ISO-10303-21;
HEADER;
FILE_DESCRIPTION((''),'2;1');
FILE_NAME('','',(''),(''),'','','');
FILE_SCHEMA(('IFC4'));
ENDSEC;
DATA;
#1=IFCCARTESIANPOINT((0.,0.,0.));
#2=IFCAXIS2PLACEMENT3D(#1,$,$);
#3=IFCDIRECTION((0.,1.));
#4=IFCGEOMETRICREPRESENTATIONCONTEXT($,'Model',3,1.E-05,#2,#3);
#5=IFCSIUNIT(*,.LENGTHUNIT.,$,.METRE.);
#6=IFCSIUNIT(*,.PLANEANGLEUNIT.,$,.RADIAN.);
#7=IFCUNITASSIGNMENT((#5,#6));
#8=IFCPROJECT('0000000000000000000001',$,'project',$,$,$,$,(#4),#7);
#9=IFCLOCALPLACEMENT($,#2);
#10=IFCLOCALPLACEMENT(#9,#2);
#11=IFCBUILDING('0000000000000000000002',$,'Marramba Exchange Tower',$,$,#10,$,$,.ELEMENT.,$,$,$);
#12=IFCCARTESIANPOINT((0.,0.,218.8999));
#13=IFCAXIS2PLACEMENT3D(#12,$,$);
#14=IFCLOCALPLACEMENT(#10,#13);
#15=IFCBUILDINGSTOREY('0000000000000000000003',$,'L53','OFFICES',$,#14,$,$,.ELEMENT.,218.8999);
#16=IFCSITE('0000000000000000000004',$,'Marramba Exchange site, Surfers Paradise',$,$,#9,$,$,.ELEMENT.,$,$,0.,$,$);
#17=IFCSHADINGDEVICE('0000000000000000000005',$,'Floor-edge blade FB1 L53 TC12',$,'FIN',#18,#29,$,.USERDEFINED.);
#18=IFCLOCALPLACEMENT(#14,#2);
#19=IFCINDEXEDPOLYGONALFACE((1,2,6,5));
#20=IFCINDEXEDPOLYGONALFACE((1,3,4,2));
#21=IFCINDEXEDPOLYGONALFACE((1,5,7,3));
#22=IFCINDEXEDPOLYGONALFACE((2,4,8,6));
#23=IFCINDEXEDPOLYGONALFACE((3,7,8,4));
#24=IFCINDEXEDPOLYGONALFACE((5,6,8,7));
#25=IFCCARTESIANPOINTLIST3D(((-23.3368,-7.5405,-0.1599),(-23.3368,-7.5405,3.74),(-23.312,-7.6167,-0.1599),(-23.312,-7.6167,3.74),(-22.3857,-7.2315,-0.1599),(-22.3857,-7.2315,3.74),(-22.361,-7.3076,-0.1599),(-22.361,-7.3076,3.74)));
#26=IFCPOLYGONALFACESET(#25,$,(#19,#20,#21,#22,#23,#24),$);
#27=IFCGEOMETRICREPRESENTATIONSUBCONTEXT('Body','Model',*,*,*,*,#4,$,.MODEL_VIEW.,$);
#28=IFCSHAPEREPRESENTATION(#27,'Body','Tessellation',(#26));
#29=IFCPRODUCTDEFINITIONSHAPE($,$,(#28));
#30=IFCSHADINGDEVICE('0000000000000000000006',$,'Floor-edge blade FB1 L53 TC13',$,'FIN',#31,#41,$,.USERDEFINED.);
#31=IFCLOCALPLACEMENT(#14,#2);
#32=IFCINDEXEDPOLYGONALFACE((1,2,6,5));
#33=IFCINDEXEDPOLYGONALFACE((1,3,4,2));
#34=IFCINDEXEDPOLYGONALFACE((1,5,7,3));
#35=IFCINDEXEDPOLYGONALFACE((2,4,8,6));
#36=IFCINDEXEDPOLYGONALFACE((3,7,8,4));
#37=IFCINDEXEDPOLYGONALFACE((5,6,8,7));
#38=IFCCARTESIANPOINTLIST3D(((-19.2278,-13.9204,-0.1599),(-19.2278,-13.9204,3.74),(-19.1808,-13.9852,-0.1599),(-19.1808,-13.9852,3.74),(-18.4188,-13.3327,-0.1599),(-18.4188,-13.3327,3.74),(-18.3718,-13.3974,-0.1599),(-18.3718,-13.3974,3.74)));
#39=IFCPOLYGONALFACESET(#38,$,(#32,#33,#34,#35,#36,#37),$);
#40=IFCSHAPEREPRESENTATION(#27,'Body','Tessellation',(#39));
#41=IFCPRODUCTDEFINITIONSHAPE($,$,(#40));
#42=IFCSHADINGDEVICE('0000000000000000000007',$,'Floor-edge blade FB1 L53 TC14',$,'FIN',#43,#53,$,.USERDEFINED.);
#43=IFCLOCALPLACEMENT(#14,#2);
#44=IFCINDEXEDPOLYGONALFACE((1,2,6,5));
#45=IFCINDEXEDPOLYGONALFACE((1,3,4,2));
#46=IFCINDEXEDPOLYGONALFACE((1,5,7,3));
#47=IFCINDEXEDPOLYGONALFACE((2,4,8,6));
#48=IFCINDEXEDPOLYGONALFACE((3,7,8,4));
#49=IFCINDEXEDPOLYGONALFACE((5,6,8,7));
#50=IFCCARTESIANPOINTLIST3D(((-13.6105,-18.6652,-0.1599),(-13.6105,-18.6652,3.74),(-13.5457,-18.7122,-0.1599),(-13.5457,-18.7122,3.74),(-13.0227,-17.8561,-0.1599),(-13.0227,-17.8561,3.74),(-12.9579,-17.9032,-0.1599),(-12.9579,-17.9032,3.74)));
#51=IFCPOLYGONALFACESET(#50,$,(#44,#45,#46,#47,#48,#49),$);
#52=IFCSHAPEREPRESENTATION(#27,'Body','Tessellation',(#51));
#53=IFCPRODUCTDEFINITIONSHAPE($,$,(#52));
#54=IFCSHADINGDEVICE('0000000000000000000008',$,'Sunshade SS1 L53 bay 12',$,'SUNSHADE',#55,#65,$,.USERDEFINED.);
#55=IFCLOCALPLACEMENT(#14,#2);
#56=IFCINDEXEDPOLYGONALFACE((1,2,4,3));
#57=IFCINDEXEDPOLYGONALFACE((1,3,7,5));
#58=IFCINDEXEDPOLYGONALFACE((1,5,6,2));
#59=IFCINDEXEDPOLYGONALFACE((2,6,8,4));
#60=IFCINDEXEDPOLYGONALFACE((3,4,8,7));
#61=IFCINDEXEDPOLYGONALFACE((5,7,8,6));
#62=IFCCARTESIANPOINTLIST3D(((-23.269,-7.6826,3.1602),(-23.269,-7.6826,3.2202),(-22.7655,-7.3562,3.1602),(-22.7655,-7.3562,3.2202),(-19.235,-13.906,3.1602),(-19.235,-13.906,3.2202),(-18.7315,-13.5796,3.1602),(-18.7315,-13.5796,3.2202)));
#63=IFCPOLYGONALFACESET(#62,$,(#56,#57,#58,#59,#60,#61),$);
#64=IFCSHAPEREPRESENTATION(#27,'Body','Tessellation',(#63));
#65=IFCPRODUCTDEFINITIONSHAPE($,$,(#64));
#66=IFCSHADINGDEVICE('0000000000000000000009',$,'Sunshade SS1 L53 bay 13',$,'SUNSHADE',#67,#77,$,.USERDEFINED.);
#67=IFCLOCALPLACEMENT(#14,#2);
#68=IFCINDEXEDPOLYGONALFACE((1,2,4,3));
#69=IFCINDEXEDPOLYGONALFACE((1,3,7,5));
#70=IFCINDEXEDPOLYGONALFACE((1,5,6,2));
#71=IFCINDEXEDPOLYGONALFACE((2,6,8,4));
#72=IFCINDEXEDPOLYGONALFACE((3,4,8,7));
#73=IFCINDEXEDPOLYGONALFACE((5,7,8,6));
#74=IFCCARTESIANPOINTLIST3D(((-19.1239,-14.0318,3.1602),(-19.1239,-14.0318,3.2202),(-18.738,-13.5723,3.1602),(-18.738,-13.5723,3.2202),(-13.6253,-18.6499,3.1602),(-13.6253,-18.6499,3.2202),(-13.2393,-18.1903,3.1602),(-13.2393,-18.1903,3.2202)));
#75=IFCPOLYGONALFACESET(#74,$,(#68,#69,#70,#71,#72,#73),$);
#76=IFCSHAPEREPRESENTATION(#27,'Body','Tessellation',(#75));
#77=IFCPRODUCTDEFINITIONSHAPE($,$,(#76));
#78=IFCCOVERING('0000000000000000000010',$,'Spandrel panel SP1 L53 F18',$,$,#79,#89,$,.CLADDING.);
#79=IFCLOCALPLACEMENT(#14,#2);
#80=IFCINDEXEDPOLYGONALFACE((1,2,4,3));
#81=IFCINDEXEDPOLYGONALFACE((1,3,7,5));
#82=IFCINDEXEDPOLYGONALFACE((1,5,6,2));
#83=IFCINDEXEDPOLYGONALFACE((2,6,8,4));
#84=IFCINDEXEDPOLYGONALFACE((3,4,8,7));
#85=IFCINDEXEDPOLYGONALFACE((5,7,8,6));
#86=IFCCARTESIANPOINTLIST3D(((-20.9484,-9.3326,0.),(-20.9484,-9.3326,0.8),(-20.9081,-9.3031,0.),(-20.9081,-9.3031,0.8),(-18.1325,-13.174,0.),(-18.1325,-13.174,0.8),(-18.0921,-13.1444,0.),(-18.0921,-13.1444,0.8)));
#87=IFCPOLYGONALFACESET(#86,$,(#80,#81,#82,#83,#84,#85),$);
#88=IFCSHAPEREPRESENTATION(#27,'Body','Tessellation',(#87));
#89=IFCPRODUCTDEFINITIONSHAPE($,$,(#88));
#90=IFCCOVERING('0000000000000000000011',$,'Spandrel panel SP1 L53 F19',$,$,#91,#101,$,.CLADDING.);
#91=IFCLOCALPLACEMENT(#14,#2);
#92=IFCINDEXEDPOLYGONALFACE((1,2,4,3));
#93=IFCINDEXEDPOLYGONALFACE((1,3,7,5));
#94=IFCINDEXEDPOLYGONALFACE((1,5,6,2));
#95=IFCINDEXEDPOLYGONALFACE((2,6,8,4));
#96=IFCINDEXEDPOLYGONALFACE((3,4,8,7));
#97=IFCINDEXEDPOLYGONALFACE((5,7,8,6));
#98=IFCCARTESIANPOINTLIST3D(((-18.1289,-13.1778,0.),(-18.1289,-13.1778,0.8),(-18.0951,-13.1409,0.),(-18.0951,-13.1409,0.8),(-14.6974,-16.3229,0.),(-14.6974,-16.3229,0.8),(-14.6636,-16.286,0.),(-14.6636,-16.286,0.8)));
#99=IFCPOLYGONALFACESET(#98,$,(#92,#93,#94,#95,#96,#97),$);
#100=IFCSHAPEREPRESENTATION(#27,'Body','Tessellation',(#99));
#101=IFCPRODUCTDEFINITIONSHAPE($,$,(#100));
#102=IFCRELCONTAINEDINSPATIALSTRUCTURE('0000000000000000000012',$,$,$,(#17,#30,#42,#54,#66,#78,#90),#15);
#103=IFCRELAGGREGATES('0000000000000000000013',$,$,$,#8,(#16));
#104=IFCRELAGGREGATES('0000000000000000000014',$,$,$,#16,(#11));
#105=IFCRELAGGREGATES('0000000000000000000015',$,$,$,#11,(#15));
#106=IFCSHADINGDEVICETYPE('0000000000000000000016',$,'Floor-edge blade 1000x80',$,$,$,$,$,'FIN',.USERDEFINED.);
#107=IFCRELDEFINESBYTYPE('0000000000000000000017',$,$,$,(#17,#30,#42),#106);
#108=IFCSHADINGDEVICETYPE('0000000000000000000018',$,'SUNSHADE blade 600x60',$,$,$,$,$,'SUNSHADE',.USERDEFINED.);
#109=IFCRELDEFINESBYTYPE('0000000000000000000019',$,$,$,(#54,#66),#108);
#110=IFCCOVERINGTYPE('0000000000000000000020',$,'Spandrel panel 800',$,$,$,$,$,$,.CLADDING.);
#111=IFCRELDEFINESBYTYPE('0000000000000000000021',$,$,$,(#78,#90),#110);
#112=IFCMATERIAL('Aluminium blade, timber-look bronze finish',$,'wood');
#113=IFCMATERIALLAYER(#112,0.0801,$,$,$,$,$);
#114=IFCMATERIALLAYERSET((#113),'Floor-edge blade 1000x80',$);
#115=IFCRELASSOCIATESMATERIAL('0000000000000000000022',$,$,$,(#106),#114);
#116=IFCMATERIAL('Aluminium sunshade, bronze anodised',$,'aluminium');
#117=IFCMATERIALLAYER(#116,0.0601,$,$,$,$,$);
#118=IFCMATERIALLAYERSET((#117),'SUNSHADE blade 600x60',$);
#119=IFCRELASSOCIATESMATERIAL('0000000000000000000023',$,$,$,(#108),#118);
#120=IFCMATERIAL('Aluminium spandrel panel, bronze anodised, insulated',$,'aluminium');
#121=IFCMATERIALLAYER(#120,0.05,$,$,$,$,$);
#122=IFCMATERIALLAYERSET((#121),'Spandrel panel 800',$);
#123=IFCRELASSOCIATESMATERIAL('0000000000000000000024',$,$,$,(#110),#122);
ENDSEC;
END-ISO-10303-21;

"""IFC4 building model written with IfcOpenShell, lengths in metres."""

from ifc_helpers import new_model, si_unit, direction, frame, origin, origin_2d, place, context, subcontext, project, spatial, rectangle, extrude, material, layer, layer_set, type_object, element, save


model = new_model("IFC4")

# Units and contexts
model_context = context("Model", 3, precision=1e-05, world=origin(), true_north=direction((0.0, 1.0)))
body_context = subcontext(model_context, "Body", "Model", "MODEL_VIEW")
ifc_project = project(units=[si_unit("LENGTHUNIT", "METRE"), si_unit("PLANEANGLEUNIT", "RADIAN")], contexts=[model_context])

# Site, building, storey
site_placement = place(None, origin())
site = spatial("IfcSite", under=ifc_project, at=site_placement, Name="Marramba Exchange site, Surfers Paradise", CompositionType="ELEMENT", RefElevation=0.0)
building_placement = place(site_placement, origin())
building = spatial("IfcBuilding", under=site, at=building_placement, Name="Marramba Exchange Tower", CompositionType="ELEMENT")
storey_placement = place(building_placement, frame((0.0, 0.0, 218.8999)))
storey = spatial("IfcBuildingStorey", under=building, at=storey_placement, Name="L53", Description="OFFICES", CompositionType="ELEMENT", Elevation=218.8999)

# Shading devices
ifc_material_1 = material(Name="Aluminium blade, timber-look bronze finish", Category="wood")
ifc_layer_1 = layer(ifc_material_1, 0.0801)
ifc_layer_set_1 = layer_set([ifc_layer_1], Name="Floor-edge blade 1000x80")
shading_device_type_1 = type_object("IfcShadingDeviceType", Name="Floor-edge blade 1000x80", ElementType="FIN", PredefinedType="USERDEFINED", material=ifc_layer_set_1)
for number, where, z_axis, x_axis, name in (
    (1, (-22.8489, -7.4241, -0.1599), (0.0, 0.0, 1.0), (-0.951057, -0.309017, 0.0), "Floor-edge blade FB1 L53 TC12"),
    (2, (-18.7998, -13.6589, -0.1599), (0.0, 0.0, 1.0), (-0.809017, -0.587785, 0.0), "Floor-edge blade FB1 L53 TC13"),
    (3, (-13.2842, -18.2842, -0.1599), (0.0, 0.0, 1.0), (-0.587785, -0.809017, 0.0), "Floor-edge blade FB1 L53 TC14"),
):
    element("IfcShadingDevice", number, at=place(storey_placement, frame(where, z_axis=z_axis, x_axis=x_axis)), inside=storey, type_object=shading_device_type_1, Name=name, ObjectType="FIN", PredefinedType="USERDEFINED", context=body_context, shape_type="SweptSolid", body=[
        extrude(rectangle(XDim=1.0, YDim=0.0801, at=origin_2d()), origin(), (0.0, 0.0, 1.0), 3.8999),
    ])
ifc_material_2 = material(Name="Aluminium sunshade, bronze anodised", Category="aluminium")
ifc_layer_2 = layer(ifc_material_2, 0.0601)
ifc_layer_set_2 = layer_set([ifc_layer_2], Name="SUNSHADE blade 600x60")
shading_device_type_2 = type_object("IfcShadingDeviceType", Name="SUNSHADE blade 600x60", ElementType="SUNSHADE", PredefinedType="USERDEFINED", material=ifc_layer_set_2)
shading_device_1_placement = place(storey_placement, frame((-21.0002, -10.6311, 3.1602), z_axis=(0.0, 0.0, 1.0), x_axis=(0.543922, -0.839136, 0.0)))
element("IfcShadingDevice", 4, at=shading_device_1_placement, inside=storey, type_object=shading_device_type_2, Name="Sunshade SS1 L53 bay 12", ObjectType="SUNSHADE", PredefinedType="USERDEFINED", context=body_context, shape_type="SweptSolid", body=[
    extrude(rectangle(XDim=7.4165, YDim=0.6001, at=origin_2d()), origin(), (0.0, 0.0, 1.0), 0.0601),
])
shading_device_2_placement = place(storey_placement, frame((-16.1816, -16.1111, 3.1602), z_axis=(0.0, 0.0, 1.0), x_axis=(0.765762, -0.643124, 0.0)))
element("IfcShadingDevice", 5, at=shading_device_2_placement, inside=storey, type_object=shading_device_type_2, Name="Sunshade SS1 L53 bay 13", ObjectType="SUNSHADE", PredefinedType="USERDEFINED", context=body_context, shape_type="SweptSolid", body=[
    extrude(rectangle(XDim=7.1807, YDim=0.6001, at=origin_2d()), origin(), (0.0, 0.0, 1.0), 0.0601),
])

# Coverings
ifc_material_3 = material(Name="Aluminium spandrel panel, bronze anodised, insulated", Category="aluminium")
ifc_layer_3 = layer(ifc_material_3, 0.05)
ifc_layer_set_3 = layer_set([ifc_layer_3], Name="Spandrel panel 800")
covering_type = type_object("IfcCoveringType", Name="Spandrel panel 800", PredefinedType="CLADDING", material=ifc_layer_set_3)
covering_1_placement = place(storey_placement, frame((-19.5203, -11.2385, 0.0), z_axis=(0.0, 0.0, 1.0), x_axis=(0.591223, -0.806508, 0.0)))
element("IfcCovering", 6, at=covering_1_placement, inside=storey, type_object=covering_type, Name="Spandrel panel SP1 L53 F18", PredefinedType="CLADDING", context=body_context, shape_type="SweptSolid", body=[
    extrude(rectangle(XDim=4.7629, YDim=0.05, at=origin_2d()), origin(), (0.0, 0.0, 1.0), 0.8),
])
covering_2_placement = place(storey_placement, frame((-16.3962, -14.7319, 0.0), z_axis=(0.0, 0.0, 1.0), x_axis=(0.737203, -0.675671, 0.0)))
element("IfcCovering", 7, at=covering_2_placement, inside=storey, type_object=covering_type, Name="Spandrel panel SP1 L53 F19", PredefinedType="CLADDING", context=body_context, shape_type="SweptSolid", body=[
    extrude(rectangle(XDim=4.6548, YDim=0.05, at=origin_2d()), origin(), (0.0, 0.0, 1.0), 0.8),
])

save(model, "model.ifc")
